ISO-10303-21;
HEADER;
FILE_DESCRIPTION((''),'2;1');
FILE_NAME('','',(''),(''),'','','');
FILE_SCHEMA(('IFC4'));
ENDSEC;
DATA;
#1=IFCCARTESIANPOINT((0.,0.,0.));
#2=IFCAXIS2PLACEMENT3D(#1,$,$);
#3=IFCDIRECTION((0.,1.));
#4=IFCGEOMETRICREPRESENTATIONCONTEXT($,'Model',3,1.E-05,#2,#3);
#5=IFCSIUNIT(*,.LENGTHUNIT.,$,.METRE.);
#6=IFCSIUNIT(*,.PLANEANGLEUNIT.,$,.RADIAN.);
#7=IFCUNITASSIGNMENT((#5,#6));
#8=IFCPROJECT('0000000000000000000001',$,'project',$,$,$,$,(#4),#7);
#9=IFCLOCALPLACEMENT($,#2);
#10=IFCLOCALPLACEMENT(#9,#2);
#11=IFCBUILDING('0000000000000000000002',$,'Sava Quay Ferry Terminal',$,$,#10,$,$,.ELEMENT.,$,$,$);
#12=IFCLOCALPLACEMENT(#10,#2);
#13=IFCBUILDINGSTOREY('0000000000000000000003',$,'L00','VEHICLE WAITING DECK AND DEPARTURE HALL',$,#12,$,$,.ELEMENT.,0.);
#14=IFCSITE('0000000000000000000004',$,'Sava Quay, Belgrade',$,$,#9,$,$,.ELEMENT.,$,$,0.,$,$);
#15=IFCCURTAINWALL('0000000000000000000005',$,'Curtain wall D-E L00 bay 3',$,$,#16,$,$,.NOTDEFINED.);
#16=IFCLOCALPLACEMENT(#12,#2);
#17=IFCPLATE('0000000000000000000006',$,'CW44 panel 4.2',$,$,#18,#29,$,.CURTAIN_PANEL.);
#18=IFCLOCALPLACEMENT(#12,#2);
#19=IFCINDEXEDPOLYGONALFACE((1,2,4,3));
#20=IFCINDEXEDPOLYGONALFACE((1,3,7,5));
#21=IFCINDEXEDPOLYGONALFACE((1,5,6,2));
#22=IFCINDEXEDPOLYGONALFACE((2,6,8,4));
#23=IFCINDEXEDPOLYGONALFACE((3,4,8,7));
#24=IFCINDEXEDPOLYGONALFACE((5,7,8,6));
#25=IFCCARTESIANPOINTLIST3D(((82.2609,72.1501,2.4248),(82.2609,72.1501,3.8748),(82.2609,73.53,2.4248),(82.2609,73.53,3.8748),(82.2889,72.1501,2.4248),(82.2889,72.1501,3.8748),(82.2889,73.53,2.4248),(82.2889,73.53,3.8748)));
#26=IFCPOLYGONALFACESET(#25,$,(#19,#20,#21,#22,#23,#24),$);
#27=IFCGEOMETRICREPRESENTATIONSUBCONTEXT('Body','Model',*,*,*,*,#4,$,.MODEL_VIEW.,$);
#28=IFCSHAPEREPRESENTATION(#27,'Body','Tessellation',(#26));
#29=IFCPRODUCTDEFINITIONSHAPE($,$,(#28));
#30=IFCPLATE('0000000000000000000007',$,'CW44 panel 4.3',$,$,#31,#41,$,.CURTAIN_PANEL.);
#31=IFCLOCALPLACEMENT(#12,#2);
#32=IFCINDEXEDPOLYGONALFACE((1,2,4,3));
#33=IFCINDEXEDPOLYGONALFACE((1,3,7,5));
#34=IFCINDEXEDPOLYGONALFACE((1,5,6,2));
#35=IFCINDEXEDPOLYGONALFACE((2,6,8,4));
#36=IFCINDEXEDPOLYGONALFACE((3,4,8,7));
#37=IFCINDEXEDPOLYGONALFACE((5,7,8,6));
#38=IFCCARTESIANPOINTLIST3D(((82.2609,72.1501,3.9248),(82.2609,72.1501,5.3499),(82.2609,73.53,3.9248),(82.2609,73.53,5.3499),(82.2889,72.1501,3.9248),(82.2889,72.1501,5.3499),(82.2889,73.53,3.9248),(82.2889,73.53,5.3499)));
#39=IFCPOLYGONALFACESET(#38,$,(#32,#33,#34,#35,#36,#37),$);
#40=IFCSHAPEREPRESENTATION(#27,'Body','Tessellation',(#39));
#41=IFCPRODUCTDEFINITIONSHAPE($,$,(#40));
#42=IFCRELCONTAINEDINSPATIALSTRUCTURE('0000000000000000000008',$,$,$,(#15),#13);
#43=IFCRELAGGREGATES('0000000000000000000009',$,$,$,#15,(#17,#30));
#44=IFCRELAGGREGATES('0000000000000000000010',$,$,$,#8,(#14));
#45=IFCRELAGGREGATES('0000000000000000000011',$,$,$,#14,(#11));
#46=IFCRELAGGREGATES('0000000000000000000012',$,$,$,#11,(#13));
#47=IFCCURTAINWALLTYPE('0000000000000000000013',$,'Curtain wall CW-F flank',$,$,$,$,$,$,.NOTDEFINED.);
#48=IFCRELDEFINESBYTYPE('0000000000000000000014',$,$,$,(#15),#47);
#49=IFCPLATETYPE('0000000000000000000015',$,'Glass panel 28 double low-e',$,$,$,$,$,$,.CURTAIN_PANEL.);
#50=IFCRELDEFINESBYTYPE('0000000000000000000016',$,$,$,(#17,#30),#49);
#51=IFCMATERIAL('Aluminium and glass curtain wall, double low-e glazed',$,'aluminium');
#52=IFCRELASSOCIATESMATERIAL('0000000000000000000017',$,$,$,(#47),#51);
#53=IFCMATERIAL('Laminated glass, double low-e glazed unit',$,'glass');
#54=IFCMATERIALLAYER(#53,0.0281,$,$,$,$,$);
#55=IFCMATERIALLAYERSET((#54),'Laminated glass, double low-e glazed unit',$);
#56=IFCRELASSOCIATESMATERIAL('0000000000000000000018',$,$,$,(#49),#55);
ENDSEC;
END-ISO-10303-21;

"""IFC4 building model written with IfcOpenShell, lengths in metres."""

from ifc_helpers import new_model, si_unit, direction, frame, origin, origin_2d, place, context, subcontext, project, spatial, rectangle, extrude, material, layer, layer_set, type_object, element, aggregate, save


model = new_model("IFC4")

# Units and contexts
model_context = context("Model", 3, precision=1e-05, world=origin(), true_north=direction((0.0, 1.0)))
body_context = subcontext(model_context, "Body", "Model", "MODEL_VIEW")
ifc_project = project(units=[si_unit("LENGTHUNIT", "METRE"), si_unit("PLANEANGLEUNIT", "RADIAN")], contexts=[model_context])

# Site, building, storey
site_placement = place(None, origin())
site = spatial("IfcSite", under=ifc_project, at=site_placement, Name="Sava Quay, Belgrade", CompositionType="ELEMENT", RefElevation=0.0)
building_placement = place(site_placement, origin())
building = spatial("IfcBuilding", under=site, at=building_placement, Name="Sava Quay Ferry Terminal", CompositionType="ELEMENT")
storey_placement = place(building_placement, origin())
storey = spatial("IfcBuildingStorey", under=building, at=storey_placement, Name="L00", Description="VEHICLE WAITING DECK AND DEPARTURE HALL", CompositionType="ELEMENT", Elevation=0.0)

# Curtain wall, plates
ifc_material_1 = material(Name="Aluminium and glass curtain wall, double low-e glazed", Category="aluminium")
curtain_wall_type = type_object("IfcCurtainWallType", Name="Curtain wall CW-F flank", PredefinedType="NOTDEFINED", material=ifc_material_1)
curtain_wall_placement = place(storey_placement, origin())
curtain_wall = element("IfcCurtainWall", 1, at=curtain_wall_placement, inside=storey, type_object=curtain_wall_type, Name="Curtain wall D-E L00 bay 3", PredefinedType="NOTDEFINED")
ifc_material_2 = material(Name="Laminated glass, double low-e glazed unit", Category="glass")
ifc_layer = layer(ifc_material_2, 0.0281)
ifc_layer_set = layer_set([ifc_layer], Name="Laminated glass, double low-e glazed unit")
plate_type = type_object("IfcPlateType", Name="Glass panel 28 double low-e", PredefinedType="CURTAIN_PANEL", material=ifc_layer_set)
plate_1_placement = place(storey_placement, frame((82.2749, 72.8401, 2.4248), z_axis=(0.0, 0.0, 1.0), x_axis=(0.0, 1.0, 0.0)))
plate_1 = element("IfcPlate", 2, at=plate_1_placement, type_object=plate_type, Name="CW44 panel 4.2", PredefinedType="CURTAIN_PANEL", context=body_context, shape_type="SweptSolid", body=[
    extrude(rectangle(XDim=1.3799, YDim=0.0281, at=origin_2d()), origin(), (0.0, 0.0, 1.0), 1.45),
])
plate_2_placement = place(storey_placement, frame((82.2749, 72.8401, 3.9248), z_axis=(0.0, 0.0, 1.0), x_axis=(0.0, 1.0, 0.0)))
plate_2 = element("IfcPlate", 3, at=plate_2_placement, type_object=plate_type, Name="CW44 panel 4.3", PredefinedType="CURTAIN_PANEL", context=body_context, shape_type="SweptSolid", body=[
    extrude(rectangle(XDim=1.3799, YDim=0.0281, at=origin_2d()), origin(), (0.0, 0.0, 1.0), 1.425),
])
aggregate(curtain_wall, [plate_1, plate_2])

save(model, "model.ifc")
